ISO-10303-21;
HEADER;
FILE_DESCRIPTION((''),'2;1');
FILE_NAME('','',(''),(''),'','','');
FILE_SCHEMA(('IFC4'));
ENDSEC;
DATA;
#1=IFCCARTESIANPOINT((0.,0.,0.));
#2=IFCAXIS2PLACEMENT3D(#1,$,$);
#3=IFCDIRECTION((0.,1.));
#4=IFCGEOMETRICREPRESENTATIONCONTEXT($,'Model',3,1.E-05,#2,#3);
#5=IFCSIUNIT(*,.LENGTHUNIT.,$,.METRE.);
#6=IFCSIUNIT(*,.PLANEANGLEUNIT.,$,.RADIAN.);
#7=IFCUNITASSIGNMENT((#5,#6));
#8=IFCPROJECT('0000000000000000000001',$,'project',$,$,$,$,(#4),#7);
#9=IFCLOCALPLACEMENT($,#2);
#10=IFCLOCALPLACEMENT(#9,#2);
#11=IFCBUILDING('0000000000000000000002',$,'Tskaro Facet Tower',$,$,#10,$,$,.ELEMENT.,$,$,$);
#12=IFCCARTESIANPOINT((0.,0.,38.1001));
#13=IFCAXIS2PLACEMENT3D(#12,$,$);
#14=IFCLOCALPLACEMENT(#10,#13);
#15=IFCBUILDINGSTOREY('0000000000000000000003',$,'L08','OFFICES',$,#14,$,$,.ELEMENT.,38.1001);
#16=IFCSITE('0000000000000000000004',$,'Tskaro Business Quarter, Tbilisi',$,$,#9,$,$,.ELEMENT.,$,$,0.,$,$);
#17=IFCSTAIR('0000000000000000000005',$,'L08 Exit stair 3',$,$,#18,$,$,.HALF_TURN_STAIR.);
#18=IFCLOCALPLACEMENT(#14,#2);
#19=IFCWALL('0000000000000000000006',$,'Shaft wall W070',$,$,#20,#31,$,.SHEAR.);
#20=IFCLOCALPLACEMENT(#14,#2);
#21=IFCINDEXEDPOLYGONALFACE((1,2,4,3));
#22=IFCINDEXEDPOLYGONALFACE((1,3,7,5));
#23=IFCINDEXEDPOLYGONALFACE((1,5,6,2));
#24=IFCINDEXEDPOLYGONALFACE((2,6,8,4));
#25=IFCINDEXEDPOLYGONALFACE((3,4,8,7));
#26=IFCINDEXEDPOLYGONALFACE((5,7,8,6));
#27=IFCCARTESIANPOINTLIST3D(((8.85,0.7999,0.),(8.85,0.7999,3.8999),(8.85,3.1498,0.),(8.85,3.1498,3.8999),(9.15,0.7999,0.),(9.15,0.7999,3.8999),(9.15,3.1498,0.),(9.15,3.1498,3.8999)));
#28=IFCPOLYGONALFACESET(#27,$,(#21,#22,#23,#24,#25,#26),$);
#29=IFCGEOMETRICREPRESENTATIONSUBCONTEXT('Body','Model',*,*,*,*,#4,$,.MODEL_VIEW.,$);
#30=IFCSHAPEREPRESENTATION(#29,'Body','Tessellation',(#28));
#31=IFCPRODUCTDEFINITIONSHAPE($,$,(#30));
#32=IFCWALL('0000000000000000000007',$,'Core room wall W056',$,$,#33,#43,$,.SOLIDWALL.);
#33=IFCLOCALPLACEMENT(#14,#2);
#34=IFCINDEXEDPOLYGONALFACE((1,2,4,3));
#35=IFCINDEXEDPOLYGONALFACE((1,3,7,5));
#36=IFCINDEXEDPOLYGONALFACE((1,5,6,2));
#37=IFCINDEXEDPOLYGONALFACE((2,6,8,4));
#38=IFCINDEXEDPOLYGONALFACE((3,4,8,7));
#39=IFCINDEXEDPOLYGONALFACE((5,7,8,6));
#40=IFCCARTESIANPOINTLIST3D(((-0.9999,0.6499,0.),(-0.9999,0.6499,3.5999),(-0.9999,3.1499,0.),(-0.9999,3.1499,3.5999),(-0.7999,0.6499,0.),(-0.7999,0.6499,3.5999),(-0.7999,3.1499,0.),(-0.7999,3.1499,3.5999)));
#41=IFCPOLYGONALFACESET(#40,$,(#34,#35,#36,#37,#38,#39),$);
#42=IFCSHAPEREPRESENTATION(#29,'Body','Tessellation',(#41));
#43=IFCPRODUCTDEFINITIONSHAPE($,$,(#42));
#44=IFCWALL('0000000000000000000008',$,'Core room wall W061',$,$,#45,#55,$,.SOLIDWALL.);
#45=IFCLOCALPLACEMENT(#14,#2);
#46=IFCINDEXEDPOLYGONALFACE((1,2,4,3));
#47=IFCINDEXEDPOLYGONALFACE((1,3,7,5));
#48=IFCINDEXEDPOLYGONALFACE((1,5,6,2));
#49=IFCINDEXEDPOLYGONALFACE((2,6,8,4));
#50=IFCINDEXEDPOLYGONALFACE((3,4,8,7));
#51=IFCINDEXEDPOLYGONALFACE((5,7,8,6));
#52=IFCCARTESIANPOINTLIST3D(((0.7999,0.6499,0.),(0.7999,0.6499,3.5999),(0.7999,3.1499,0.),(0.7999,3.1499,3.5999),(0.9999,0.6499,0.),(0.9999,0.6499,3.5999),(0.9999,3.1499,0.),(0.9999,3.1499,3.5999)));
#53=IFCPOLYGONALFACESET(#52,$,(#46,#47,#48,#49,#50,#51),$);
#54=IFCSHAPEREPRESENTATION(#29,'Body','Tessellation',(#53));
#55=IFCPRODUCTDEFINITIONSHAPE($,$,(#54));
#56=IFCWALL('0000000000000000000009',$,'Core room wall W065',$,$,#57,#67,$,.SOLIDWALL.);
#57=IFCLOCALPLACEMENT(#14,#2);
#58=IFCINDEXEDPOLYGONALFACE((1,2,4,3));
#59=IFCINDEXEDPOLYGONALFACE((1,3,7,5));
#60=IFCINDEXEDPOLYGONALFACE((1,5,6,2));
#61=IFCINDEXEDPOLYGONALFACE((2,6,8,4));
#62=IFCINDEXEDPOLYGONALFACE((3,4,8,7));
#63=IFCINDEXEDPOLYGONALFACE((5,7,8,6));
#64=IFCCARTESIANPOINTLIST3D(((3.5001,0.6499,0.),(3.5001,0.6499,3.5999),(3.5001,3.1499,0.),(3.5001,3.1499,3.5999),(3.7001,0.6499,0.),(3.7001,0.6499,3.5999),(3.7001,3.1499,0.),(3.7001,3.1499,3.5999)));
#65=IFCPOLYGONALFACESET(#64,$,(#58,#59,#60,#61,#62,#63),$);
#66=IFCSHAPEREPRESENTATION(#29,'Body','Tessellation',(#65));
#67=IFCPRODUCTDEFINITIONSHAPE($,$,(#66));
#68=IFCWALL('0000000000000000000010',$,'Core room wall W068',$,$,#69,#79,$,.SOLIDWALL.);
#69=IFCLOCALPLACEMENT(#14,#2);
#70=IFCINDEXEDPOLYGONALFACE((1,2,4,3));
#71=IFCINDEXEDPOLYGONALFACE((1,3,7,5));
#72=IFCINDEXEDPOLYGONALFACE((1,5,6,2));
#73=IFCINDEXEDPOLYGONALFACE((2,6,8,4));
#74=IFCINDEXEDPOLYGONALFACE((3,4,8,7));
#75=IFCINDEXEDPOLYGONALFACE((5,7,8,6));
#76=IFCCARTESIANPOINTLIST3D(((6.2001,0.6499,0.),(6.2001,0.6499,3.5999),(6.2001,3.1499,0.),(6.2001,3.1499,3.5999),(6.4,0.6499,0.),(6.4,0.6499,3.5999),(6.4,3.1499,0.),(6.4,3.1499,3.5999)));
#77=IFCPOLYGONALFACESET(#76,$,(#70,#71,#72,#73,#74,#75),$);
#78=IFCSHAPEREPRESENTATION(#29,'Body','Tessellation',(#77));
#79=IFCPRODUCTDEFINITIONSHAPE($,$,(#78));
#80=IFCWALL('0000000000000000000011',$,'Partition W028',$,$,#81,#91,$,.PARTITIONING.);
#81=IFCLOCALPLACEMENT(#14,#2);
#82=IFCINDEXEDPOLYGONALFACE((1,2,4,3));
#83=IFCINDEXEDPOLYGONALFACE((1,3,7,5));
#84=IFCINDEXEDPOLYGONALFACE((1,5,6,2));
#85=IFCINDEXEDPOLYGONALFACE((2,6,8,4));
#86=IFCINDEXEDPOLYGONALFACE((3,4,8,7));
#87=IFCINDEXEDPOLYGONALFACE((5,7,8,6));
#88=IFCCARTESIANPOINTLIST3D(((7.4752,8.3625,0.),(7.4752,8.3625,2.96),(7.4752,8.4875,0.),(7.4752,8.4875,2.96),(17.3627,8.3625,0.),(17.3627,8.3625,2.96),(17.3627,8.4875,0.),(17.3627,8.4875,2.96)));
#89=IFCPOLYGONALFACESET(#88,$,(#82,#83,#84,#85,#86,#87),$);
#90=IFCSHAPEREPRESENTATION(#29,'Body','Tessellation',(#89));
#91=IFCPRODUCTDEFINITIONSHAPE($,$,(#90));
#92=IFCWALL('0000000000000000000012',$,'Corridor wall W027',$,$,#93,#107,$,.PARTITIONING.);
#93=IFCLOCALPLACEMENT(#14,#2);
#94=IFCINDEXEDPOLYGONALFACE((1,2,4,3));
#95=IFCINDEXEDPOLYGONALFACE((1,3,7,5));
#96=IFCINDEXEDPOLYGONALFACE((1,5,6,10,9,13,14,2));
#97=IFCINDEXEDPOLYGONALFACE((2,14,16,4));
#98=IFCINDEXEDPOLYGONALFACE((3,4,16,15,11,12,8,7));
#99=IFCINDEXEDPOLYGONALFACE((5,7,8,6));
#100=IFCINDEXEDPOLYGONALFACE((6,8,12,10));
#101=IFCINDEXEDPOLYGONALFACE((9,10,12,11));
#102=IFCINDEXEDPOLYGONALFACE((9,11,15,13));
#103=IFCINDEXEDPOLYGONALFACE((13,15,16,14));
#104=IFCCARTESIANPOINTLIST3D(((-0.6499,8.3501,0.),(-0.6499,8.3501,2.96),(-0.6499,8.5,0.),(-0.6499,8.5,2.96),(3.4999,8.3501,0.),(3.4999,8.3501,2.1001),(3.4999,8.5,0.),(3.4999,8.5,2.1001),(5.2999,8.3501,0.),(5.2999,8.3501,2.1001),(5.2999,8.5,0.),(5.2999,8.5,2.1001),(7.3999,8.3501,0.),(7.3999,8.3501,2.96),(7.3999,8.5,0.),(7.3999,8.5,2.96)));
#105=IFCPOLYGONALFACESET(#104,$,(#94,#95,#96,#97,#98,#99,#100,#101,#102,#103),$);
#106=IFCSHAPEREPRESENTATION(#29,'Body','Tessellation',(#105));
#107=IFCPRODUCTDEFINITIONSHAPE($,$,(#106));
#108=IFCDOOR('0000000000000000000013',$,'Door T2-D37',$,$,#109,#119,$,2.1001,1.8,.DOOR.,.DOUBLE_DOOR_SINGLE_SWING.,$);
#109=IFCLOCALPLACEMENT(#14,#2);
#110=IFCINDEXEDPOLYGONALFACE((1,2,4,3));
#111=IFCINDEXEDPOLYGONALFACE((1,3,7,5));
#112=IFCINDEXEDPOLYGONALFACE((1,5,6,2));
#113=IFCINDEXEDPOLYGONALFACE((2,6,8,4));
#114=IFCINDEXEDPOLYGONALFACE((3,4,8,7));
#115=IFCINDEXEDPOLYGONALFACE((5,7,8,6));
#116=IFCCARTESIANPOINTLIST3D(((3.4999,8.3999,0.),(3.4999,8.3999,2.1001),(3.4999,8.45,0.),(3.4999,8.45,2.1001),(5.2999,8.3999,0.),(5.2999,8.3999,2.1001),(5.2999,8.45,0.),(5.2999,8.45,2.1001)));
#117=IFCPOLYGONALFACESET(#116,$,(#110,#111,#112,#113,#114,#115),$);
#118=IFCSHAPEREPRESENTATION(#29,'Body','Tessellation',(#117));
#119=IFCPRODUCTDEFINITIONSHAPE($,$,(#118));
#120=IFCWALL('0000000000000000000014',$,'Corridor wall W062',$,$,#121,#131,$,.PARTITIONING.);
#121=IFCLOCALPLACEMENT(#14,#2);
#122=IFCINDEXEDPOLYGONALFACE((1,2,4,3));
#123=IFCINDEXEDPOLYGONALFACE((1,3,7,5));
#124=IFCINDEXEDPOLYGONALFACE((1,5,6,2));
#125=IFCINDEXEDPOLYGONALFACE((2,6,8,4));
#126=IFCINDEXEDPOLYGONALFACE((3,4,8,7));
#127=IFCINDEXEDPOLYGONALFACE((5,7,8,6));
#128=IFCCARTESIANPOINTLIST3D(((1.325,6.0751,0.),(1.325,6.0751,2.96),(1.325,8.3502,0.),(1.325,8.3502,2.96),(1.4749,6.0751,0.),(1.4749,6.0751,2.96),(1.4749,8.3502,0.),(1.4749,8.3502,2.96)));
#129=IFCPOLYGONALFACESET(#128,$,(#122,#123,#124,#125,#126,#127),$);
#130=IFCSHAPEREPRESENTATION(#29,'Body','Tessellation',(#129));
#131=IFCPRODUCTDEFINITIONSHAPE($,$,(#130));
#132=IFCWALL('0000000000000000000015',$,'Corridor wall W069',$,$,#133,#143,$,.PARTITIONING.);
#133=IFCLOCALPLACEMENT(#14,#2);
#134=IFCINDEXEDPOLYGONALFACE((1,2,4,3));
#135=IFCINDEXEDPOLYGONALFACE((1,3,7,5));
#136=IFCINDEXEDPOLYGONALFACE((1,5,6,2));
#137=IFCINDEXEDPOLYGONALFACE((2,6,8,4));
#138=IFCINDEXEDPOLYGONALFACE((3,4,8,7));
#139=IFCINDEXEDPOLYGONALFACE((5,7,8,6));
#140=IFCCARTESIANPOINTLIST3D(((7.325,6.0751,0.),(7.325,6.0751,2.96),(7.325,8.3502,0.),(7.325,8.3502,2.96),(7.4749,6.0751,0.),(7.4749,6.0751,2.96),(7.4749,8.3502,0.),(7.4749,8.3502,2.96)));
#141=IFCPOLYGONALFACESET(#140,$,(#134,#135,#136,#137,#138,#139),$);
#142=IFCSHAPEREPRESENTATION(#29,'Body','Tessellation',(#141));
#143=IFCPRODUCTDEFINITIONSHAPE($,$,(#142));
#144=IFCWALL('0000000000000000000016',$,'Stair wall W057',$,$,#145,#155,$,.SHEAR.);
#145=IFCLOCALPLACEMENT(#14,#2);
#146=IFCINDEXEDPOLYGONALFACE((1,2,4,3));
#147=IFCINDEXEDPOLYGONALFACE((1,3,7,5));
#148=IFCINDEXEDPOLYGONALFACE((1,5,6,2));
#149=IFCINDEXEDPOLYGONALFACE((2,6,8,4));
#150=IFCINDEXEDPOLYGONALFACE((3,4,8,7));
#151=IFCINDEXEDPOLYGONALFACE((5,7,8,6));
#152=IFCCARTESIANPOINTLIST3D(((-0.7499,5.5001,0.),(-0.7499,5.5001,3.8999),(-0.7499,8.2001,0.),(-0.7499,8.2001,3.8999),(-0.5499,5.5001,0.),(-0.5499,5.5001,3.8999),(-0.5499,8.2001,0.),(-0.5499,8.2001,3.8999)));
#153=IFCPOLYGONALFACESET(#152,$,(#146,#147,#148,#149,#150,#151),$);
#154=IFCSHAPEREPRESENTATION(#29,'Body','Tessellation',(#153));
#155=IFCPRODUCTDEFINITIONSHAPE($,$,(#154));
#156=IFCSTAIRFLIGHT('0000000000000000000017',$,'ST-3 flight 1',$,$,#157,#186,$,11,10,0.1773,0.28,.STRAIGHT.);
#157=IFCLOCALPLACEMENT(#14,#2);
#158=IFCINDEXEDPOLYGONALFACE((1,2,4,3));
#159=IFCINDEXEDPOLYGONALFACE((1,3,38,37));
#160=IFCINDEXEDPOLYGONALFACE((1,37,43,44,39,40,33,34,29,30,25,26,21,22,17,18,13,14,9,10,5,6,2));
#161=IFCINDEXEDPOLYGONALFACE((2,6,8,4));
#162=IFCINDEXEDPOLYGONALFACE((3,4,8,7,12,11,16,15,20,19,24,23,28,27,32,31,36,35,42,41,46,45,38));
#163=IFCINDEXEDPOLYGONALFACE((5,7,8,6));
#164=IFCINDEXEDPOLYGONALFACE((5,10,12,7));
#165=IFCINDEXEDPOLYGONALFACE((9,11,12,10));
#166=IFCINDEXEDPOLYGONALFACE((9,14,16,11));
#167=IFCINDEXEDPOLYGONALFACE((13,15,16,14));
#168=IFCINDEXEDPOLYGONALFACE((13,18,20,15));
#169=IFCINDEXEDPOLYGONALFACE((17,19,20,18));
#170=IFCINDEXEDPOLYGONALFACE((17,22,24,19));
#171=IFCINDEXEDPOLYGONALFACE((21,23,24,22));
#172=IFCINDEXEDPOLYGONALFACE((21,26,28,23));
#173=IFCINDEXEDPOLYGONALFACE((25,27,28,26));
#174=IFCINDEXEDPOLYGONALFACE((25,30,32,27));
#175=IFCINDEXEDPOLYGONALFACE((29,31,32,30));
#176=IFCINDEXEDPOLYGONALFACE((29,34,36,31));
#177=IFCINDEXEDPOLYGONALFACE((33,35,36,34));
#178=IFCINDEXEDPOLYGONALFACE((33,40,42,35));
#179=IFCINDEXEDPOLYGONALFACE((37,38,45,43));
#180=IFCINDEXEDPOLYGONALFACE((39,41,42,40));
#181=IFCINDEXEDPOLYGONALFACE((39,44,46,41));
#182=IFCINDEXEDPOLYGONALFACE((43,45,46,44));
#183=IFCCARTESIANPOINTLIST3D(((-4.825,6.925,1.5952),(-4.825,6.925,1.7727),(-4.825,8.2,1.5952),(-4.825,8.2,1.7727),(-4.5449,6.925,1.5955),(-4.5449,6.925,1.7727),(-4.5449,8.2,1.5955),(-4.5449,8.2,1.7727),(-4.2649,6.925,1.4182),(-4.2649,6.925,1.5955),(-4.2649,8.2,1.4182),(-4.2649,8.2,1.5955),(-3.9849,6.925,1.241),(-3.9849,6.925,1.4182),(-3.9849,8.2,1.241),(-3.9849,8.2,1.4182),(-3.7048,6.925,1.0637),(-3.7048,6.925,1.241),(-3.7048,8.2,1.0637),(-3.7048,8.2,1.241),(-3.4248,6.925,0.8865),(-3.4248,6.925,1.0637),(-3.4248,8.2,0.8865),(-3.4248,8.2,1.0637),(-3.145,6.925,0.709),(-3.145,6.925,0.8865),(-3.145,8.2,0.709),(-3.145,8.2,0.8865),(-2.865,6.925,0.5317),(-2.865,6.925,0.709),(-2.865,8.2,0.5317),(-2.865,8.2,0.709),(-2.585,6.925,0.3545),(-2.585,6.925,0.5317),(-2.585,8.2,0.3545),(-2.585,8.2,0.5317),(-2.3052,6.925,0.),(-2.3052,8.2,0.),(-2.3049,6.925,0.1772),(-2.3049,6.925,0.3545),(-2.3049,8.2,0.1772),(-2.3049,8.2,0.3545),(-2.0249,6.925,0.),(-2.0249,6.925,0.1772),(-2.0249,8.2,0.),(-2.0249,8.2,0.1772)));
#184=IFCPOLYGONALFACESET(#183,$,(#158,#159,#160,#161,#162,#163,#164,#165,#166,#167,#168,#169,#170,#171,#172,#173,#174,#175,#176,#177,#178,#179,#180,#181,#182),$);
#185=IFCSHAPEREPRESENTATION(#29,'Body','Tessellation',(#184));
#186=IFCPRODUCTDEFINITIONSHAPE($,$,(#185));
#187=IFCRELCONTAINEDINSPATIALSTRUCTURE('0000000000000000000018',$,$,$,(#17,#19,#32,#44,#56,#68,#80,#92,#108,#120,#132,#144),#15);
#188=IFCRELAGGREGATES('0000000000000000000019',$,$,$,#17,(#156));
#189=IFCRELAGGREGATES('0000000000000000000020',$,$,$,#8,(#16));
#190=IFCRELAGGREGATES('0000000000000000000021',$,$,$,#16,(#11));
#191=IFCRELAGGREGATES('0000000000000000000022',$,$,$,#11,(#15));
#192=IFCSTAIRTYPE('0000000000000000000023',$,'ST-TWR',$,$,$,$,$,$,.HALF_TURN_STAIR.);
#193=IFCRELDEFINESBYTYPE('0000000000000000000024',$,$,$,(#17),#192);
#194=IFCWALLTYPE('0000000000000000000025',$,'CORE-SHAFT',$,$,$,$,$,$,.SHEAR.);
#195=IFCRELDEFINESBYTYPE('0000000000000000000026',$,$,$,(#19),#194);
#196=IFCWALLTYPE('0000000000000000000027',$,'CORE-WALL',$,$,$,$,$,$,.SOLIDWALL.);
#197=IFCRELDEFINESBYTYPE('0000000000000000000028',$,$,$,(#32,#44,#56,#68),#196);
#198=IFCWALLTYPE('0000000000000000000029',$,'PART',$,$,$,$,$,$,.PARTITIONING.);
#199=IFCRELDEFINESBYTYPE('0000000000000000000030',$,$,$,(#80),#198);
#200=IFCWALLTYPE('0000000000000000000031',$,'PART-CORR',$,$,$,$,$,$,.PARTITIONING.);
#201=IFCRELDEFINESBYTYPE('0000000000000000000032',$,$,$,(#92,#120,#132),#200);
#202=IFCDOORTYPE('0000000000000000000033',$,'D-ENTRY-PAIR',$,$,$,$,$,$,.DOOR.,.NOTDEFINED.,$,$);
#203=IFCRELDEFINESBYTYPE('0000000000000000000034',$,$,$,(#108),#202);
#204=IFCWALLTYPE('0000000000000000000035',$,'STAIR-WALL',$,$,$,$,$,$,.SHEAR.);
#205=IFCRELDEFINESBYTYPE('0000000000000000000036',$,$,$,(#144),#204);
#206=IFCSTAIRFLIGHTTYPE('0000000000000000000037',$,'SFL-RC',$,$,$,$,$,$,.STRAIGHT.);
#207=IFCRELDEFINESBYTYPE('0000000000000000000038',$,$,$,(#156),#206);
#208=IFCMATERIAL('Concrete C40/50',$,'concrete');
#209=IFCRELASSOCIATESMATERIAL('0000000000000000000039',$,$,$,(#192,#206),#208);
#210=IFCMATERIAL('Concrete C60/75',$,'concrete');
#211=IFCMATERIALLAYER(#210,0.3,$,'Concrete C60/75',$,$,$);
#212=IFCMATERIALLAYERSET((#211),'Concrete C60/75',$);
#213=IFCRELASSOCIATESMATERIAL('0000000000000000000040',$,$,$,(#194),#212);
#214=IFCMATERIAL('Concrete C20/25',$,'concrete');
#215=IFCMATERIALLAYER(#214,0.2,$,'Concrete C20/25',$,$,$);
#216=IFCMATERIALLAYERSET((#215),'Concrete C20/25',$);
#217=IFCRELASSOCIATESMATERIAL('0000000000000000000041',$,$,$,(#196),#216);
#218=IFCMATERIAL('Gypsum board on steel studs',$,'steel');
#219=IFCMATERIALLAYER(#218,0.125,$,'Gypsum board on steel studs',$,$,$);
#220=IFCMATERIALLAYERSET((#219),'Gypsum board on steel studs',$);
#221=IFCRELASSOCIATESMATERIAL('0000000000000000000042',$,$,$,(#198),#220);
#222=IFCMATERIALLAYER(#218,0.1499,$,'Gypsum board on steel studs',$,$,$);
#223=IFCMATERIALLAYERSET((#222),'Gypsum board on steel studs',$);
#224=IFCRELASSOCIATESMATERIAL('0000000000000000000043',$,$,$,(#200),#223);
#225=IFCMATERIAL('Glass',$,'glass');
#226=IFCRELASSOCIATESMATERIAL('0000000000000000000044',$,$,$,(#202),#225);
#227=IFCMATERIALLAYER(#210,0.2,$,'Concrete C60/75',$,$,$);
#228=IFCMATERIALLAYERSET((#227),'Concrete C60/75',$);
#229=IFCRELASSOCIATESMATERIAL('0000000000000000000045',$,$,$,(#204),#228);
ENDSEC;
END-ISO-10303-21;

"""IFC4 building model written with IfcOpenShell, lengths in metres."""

from ifc_helpers import new_model, si_unit, direction, frame, frame_2d, origin, place, context, subcontext, project, spatial, polyline, rectangle, outline, extrude, material, layer, layer_set, type_object, element, fill, aggregate, save


model = new_model("IFC4")

# Units and contexts
model_context = context("Model", 3, precision=1e-05, world=origin(), true_north=direction((0.0, 1.0)))
body_context = subcontext(model_context, "Body", "Model", "MODEL_VIEW")
ifc_project = project(units=[si_unit("LENGTHUNIT", "METRE"), si_unit("PLANEANGLEUNIT", "RADIAN")], contexts=[model_context])

# Site, building, storey
site_placement = place(None, origin())
site = spatial("IfcSite", under=ifc_project, at=site_placement, Name="Tskaro Business Quarter, Tbilisi", CompositionType="ELEMENT", RefElevation=0.0)
building_placement = place(site_placement, origin())
building = spatial("IfcBuilding", under=site, at=building_placement, Name="Tskaro Facet Tower", CompositionType="ELEMENT")
storey_placement = place(building_placement, frame((0.0, 0.0, 38.1001)))
storey = spatial("IfcBuildingStorey", under=building, at=storey_placement, Name="L08", Description="OFFICES", CompositionType="ELEMENT", Elevation=38.1001)

# Stair
ifc_material_1 = material(Name="Concrete C40/50", Category="concrete")
stair_type = type_object("IfcStairType", Name="ST-TWR", PredefinedType="HALF_TURN_STAIR", material=ifc_material_1)
stair_1_placement = place(storey_placement, origin())
stair_1 = element("IfcStair", 1, at=stair_1_placement, inside=storey, type_object=stair_type, Name="L08 Exit stair 3", PredefinedType="HALF_TURN_STAIR")

# Shared definitions
ifc_material_2 = material(Name="Concrete C60/75", Category="concrete")

# Walls
ifc_layer_1 = layer(ifc_material_2, 0.3, Name="Concrete C60/75")
ifc_layer_set_1 = layer_set([ifc_layer_1], Name="Concrete C60/75")
wall_type_1 = type_object("IfcWallType", Name="CORE-SHAFT", PredefinedType="SHEAR", material=ifc_layer_set_1)
wall_1_placement = place(storey_placement, frame((9.0, 0.8, 0.0), z_axis=(0.0, 0.0, 1.0), x_axis=(0.0, 1.0, 0.0)))
element("IfcWall", 2, at=wall_1_placement, inside=storey, type_object=wall_type_1, Name="Shaft wall W070", PredefinedType="SHEAR", context=body_context, shape_type="SweptSolid", body=[
    extrude(rectangle(XDim=2.3499, YDim=0.3, at=frame_2d((1.1748, 0.0))), origin(), (0.0, 0.0, 1.0), 3.8999),
])
ifc_material_3 = material(Name="Concrete C20/25", Category="concrete")
ifc_layer_2 = layer(ifc_material_3, 0.2, Name="Concrete C20/25")
ifc_layer_set_2 = layer_set([ifc_layer_2], Name="Concrete C20/25")
wall_type_2 = type_object("IfcWallType", Name="CORE-WALL", PredefinedType="SOLIDWALL", material=ifc_layer_set_2)
for number, where, z_axis, x_axis, name in (
    (3, (-0.8999, 0.6499, 0.0), (0.0, 0.0, 1.0), (0.0, 1.0, 0.0), "Core room wall W056"),
    (4, (0.8999, 0.6499, 0.0), (0.0, 0.0, 1.0), (0.0, 1.0, 0.0), "Core room wall W061"),
    (5, (3.6001, 0.6499, 0.0), (0.0, 0.0, 1.0), (0.0, 1.0, 0.0), "Core room wall W065"),
    (6, (6.3, 0.6499, 0.0), (0.0, 0.0, 1.0), (0.0, 1.0, 0.0), "Core room wall W068"),
):
    element("IfcWall", number, at=place(storey_placement, frame(where, z_axis=z_axis, x_axis=x_axis)), inside=storey, type_object=wall_type_2, Name=name, PredefinedType="SOLIDWALL", context=body_context, shape_type="SweptSolid", body=[
        extrude(rectangle(XDim=2.5, YDim=0.2, at=frame_2d((1.25, 0.0))), origin(), (0.0, 0.0, 1.0), 3.5999),
    ])
ifc_material_4 = material(Name="Gypsum board on steel studs", Category="steel")
ifc_layer_3 = layer(ifc_material_4, 0.125, Name="Gypsum board on steel studs")
ifc_layer_set_3 = layer_set([ifc_layer_3], Name="Gypsum board on steel studs")
wall_type_3 = type_object("IfcWallType", Name="PART", PredefinedType="PARTITIONING", material=ifc_layer_set_3)
wall_2_placement = place(storey_placement, frame((7.4751, 8.425, 0.0), z_axis=(0.0, 0.0, 1.0), x_axis=(1.0, 0.0, 0.0)))
element("IfcWall", 7, at=wall_2_placement, inside=storey, type_object=wall_type_3, Name="Partition W028", PredefinedType="PARTITIONING", context=body_context, shape_type="SweptSolid", body=[
    extrude(rectangle(XDim=9.8875, YDim=0.125, at=frame_2d((4.9438, 0.0))), origin(), (0.0, 0.0, 1.0), 2.96),
])

# Wall, opening, door
ifc_layer_4 = layer(ifc_material_4, 0.1499, Name="Gypsum board on steel studs")
ifc_layer_set_4 = layer_set([ifc_layer_4], Name="Gypsum board on steel studs")
wall_type_4 = type_object("IfcWallType", Name="PART-CORR", PredefinedType="PARTITIONING", material=ifc_layer_set_4)
wall_3_placement = place(storey_placement, frame((-0.6499, 8.425, 0.0), z_axis=(0.0, 0.0, 1.0), x_axis=(1.0, 0.0, 0.0)))
wall_3 = element("IfcWall", 8, at=wall_3_placement, inside=storey, type_object=wall_type_4, Name="Corridor wall W027", PredefinedType="PARTITIONING", context=body_context, shape_type="SweptSolid", body=[
    extrude(rectangle(XDim=8.0498, YDim=0.1499, at=frame_2d((4.0249, 0.0))), origin(), (0.0, 0.0, 1.0), 2.96),
])
opening_placement = place(wall_3_placement, frame((4.1499, 0.0, 0.0)))
opening = element("IfcOpeningElement", 9, at=opening_placement, cuts=wall_3, PredefinedType="OPENING", context=body_context, shape_type="SweptSolid", body=[
    extrude(rectangle(XDim=1.8, YDim=2.1001, at=frame_2d((0.8999, 1.05))), frame((0.0, 0.085, 0.0), z_axis=(0.0, -1.0, 0.0), x_axis=(1.0, 0.0, 0.0)), (0.0, 0.0, 1.0), 0.1699),
])
ifc_material_5 = material(Name="Glass", Category="glass")
door_type = type_object("IfcDoorType", Name="D-ENTRY-PAIR", OperationType="NOTDEFINED", PredefinedType="DOOR", material=ifc_material_5)
door_placement = place(opening_placement, origin())
door = element("IfcDoor", 10, at=door_placement, inside=storey, type_object=door_type, Name="Door T2-D37", OperationType="DOUBLE_DOOR_SINGLE_SWING", OverallHeight=2.1001, OverallWidth=1.8, PredefinedType="DOOR", context=body_context, shape_type="SweptSolid", body=[
    extrude(rectangle(XDim=1.8, YDim=2.1001, at=frame_2d((0.8999, 1.05))), frame((0.0, 0.0249, 0.0), z_axis=(0.0, -1.0, 0.0), x_axis=(1.0, 0.0, 0.0)), (0.0, 0.0, 1.0), 0.05),
])
fill(opening, door)

# Walls
for number, where, z_axis, x_axis, name in (
    (11, (1.3999, 6.075, 0.0), (0.0, 0.0, 1.0), (0.0, 1.0, 0.0), "Corridor wall W062"),
    (12, (7.3999, 6.075, 0.0), (0.0, 0.0, 1.0), (0.0, 1.0, 0.0), "Corridor wall W069"),
):
    element("IfcWall", number, at=place(storey_placement, frame(where, z_axis=z_axis, x_axis=x_axis)), inside=storey, type_object=wall_type_4, Name=name, PredefinedType="PARTITIONING", context=body_context, shape_type="SweptSolid", body=[
        extrude(rectangle(XDim=2.2751, YDim=0.1499, at=frame_2d((1.1377, 0.0))), origin(), (0.0, 0.0, 1.0), 2.96),
    ])
ifc_layer_5 = layer(ifc_material_2, 0.2, Name="Concrete C60/75")
ifc_layer_set_5 = layer_set([ifc_layer_5], Name="Concrete C60/75")
wall_type_5 = type_object("IfcWallType", Name="STAIR-WALL", PredefinedType="SHEAR", material=ifc_layer_set_5)
wall_4_placement = place(storey_placement, frame((-0.6499, 5.5, 0.0), z_axis=(0.0, 0.0, 1.0), x_axis=(0.0, 1.0, 0.0)))
element("IfcWall", 13, at=wall_4_placement, inside=storey, type_object=wall_type_5, Name="Stair wall W057", PredefinedType="SHEAR", context=body_context, shape_type="SweptSolid", body=[
    extrude(rectangle(XDim=2.7, YDim=0.2, at=frame_2d((1.3501, 0.0))), origin(), (0.0, 0.0, 1.0), 3.8999),
])

# Stair flight
stair_flight_type = type_object("IfcStairFlightType", Name="SFL-RC", PredefinedType="STRAIGHT", material=ifc_material_1)
stair_flight_placement = place(storey_placement, frame((-2.0249, 7.5625, 0.0), z_axis=(0.0, 0.0, 1.0), x_axis=(-1.0, 0.0, 0.0)))
stair_flight = element("IfcStairFlight", 14, at=stair_flight_placement, type_object=stair_flight_type, Name="ST-3 flight 1", NumberOfRisers=11, NumberOfTreads=10, PredefinedType="STRAIGHT", RiserHeight=0.1773, TreadLength=0.28, context=body_context, shape_type="SweptSolid", body=[
    extrude(outline(polyline([(0.0, 0.0), (0.0, 0.1772), (0.28, 0.1772), (0.28, 0.3545), (0.5601, 0.3545), (0.5601, 0.5317), (0.8401, 0.5317), (0.8401, 0.709), (1.1201, 0.709), (1.1201, 0.8865), (1.3999, 0.8865), (1.3999, 1.0637), (1.6799, 1.0637), (1.6799, 1.241), (1.96, 1.241), (1.96, 1.4182), (2.24, 1.4182), (2.24, 1.5955), (2.52, 1.5955), (2.52, 1.7727), (2.8, 1.7727), (2.8, 1.95), (2.8, 1.5952), (0.2803, 0.0), (0.0, 0.0)])), frame((0.0, 0.6375, 0.0), z_axis=(0.0, -1.0, 0.0), x_axis=(1.0, 0.0, 0.0)), (0.0, 0.0, 1.0), 1.2749),
])
aggregate(stair_1, [stair_flight])

save(model, "model.ifc")
